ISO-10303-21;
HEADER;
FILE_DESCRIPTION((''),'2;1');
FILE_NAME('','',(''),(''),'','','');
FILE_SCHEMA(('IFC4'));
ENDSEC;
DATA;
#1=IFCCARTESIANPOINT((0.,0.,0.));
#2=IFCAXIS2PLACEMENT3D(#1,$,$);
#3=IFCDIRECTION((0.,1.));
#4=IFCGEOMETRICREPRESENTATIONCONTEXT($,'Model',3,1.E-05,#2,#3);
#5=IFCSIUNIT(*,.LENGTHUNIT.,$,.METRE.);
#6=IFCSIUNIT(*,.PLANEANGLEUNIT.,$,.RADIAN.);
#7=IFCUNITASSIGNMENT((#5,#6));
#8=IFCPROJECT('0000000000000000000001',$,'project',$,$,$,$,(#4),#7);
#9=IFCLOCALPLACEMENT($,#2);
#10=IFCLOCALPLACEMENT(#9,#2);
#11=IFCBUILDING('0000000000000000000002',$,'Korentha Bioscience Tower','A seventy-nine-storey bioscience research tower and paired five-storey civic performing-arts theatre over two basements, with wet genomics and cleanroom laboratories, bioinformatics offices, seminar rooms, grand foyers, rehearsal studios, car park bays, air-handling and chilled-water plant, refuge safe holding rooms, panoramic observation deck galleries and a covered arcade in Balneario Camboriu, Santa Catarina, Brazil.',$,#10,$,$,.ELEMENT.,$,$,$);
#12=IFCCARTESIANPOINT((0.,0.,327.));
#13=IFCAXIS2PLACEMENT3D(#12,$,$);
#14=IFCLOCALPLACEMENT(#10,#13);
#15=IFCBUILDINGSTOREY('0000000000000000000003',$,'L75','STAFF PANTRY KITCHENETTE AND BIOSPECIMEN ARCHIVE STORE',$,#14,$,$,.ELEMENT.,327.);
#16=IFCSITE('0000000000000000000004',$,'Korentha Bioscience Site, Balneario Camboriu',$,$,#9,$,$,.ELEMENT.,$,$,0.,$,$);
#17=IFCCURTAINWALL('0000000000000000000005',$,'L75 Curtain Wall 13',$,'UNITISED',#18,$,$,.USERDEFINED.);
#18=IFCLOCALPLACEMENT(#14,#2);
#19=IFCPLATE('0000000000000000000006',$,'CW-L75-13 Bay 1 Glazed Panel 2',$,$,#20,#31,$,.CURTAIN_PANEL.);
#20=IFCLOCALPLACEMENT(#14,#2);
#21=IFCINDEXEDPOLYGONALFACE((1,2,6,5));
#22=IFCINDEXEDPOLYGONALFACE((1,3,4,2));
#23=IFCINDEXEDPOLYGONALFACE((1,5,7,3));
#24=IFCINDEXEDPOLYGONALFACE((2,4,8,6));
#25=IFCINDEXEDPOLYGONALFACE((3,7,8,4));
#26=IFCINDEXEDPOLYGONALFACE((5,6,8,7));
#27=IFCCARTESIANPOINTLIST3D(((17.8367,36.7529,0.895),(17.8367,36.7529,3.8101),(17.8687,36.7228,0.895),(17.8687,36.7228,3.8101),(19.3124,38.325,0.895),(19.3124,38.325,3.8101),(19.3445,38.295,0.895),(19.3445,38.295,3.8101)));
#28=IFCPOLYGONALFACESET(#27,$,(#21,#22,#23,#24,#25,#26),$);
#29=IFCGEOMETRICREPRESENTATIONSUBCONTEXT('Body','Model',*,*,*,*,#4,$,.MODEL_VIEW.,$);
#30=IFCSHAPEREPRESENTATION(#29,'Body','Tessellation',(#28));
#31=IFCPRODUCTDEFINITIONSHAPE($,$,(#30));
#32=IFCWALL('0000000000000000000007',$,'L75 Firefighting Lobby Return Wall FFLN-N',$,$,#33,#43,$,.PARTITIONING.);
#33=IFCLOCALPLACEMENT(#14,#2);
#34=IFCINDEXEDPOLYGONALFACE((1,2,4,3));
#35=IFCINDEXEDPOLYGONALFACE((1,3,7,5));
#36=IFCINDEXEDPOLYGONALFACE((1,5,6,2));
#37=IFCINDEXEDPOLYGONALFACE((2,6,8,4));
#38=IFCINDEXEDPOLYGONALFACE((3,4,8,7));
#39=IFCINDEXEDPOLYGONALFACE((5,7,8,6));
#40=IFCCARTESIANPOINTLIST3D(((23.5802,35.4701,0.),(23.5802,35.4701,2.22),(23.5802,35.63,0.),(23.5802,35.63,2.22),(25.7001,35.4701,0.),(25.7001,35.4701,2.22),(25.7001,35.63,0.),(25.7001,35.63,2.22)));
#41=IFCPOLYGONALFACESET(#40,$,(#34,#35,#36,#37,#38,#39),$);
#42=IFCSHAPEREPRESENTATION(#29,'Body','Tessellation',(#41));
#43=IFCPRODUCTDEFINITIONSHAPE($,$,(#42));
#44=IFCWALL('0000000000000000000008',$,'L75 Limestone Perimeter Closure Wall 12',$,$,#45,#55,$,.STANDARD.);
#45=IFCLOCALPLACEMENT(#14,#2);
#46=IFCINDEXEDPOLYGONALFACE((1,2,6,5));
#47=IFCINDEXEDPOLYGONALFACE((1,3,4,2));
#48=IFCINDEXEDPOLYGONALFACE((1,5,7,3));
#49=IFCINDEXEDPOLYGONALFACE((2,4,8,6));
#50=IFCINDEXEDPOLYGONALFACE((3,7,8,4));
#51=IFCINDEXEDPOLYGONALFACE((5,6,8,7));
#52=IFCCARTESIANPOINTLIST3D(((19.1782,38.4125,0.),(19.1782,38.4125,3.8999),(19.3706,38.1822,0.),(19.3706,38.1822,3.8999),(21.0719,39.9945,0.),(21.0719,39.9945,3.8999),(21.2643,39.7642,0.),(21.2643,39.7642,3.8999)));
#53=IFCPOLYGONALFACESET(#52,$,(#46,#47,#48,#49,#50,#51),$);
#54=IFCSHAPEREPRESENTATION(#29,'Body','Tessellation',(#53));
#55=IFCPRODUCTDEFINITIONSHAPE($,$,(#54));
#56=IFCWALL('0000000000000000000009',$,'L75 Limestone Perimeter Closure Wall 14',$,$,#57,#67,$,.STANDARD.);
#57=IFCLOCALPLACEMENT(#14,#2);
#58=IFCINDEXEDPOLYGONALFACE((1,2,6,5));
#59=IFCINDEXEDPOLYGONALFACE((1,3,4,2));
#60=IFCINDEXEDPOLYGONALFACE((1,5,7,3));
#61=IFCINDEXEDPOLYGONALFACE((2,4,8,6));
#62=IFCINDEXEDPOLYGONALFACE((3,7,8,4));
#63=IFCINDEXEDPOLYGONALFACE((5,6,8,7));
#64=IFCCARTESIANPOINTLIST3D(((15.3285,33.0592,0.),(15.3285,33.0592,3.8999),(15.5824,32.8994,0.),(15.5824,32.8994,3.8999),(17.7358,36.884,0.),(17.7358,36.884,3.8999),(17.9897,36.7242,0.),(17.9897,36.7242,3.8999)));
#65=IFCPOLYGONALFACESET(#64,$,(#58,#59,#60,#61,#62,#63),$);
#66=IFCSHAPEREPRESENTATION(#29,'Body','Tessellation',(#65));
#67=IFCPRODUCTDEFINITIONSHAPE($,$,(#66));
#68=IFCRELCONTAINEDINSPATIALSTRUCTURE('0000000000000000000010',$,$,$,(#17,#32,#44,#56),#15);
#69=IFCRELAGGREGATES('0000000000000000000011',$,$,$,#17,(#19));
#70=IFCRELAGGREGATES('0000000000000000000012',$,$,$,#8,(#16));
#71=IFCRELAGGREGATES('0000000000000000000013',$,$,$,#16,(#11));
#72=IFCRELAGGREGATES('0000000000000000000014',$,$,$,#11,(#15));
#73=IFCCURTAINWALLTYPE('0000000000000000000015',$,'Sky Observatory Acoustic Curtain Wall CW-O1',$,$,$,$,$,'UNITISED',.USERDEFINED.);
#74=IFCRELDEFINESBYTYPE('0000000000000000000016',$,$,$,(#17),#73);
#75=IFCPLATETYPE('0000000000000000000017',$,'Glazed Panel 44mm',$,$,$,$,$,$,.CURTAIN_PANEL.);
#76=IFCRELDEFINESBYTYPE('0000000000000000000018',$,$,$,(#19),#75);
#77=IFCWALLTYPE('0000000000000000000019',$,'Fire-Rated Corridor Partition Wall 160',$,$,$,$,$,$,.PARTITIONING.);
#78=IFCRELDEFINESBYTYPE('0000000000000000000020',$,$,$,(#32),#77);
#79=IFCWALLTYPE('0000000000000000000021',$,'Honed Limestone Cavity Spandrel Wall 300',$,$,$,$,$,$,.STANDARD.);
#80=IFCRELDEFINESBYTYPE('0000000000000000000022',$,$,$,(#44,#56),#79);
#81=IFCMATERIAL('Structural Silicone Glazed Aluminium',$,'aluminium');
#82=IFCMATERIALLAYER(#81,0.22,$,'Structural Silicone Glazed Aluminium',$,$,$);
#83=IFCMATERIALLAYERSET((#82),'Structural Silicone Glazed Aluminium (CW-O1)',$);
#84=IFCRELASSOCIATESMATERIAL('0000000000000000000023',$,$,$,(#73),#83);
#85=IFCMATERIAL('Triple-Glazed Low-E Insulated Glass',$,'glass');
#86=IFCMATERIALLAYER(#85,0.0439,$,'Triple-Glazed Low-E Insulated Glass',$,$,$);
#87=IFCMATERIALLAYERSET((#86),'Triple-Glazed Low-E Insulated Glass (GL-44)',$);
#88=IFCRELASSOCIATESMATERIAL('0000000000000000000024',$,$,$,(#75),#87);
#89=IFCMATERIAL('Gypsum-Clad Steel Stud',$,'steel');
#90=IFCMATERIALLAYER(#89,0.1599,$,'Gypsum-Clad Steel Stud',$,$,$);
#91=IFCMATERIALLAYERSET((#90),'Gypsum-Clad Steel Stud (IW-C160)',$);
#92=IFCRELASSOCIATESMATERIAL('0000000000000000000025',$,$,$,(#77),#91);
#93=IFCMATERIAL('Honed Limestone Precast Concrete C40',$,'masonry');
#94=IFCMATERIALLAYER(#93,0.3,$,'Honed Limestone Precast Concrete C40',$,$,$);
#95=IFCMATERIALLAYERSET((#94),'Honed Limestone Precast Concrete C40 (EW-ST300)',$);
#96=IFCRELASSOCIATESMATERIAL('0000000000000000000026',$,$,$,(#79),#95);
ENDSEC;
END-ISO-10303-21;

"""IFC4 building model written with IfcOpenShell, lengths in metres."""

from ifc_helpers import new_model, si_unit, direction, frame, frame_2d, origin, origin_2d, place, context, subcontext, project, spatial, rectangle, extrude, material, layer, layer_set, type_object, element, aggregate, save


model = new_model("IFC4")

# Units and contexts
model_context = context("Model", 3, precision=1e-05, world=origin(), true_north=direction((0.0, 1.0)))
body_context = subcontext(model_context, "Body", "Model", "MODEL_VIEW")
ifc_project = project(units=[si_unit("LENGTHUNIT", "METRE"), si_unit("PLANEANGLEUNIT", "RADIAN")], contexts=[model_context])

# Site, building, storey
site_placement = place(None, origin())
site = spatial("IfcSite", under=ifc_project, at=site_placement, Name="Korentha Bioscience Site, Balneario Camboriu", CompositionType="ELEMENT", RefElevation=0.0)
building_placement = place(site_placement, origin())
building = spatial("IfcBuilding", under=site, at=building_placement, Name="Korentha Bioscience Tower", Description="A seventy-nine-storey bioscience research tower and paired five-storey civic performing-arts theatre over two basements, with wet genomics and cleanroom laboratories, bioinformatics offices, seminar rooms, grand foyers, rehearsal studios, car park bays, air-handling and chilled-water plant, refuge safe holding rooms, panoramic observation deck galleries and a covered arcade in Balneario Camboriu, Santa Catarina, Brazil.", CompositionType="ELEMENT")
storey_placement = place(building_placement, frame((0.0, 0.0, 327.0)))
storey = spatial("IfcBuildingStorey", under=building, at=storey_placement, Name="L75", Description="STAFF PANTRY KITCHENETTE AND BIOSPECIMEN ARCHIVE STORE", CompositionType="ELEMENT", Elevation=327.0)

# Curtain wall, plate
ifc_material_1 = material(Name="Structural Silicone Glazed Aluminium", Category="aluminium")
ifc_layer_1 = layer(ifc_material_1, 0.22, Name="Structural Silicone Glazed Aluminium")
ifc_layer_set_1 = layer_set([ifc_layer_1], Name="Structural Silicone Glazed Aluminium (CW-O1)")
curtain_wall_type = type_object("IfcCurtainWallType", Name="Sky Observatory Acoustic Curtain Wall CW-O1", ElementType="UNITISED", PredefinedType="USERDEFINED", material=ifc_layer_set_1)
curtain_wall_placement = place(storey_placement, origin())
curtain_wall = element("IfcCurtainWall", 1, at=curtain_wall_placement, inside=storey, type_object=curtain_wall_type, Name="L75 Curtain Wall 13", ObjectType="UNITISED", PredefinedType="USERDEFINED")
ifc_material_2 = material(Name="Triple-Glazed Low-E Insulated Glass", Category="glass")
ifc_layer_2 = layer(ifc_material_2, 0.0439, Name="Triple-Glazed Low-E Insulated Glass")
ifc_layer_set_2 = layer_set([ifc_layer_2], Name="Triple-Glazed Low-E Insulated Glass (GL-44)")
plate_type = type_object("IfcPlateType", Name="Glazed Panel 44mm", PredefinedType="CURTAIN_PANEL", material=ifc_layer_set_2)
plate_1_placement = place(storey_placement, frame((18.5906, 37.5239, 0.895), z_axis=(0.0, 0.0, 1.0), x_axis=(-0.684388, -0.729118, 0.0)))
plate_1 = element("IfcPlate", 2, at=plate_1_placement, type_object=plate_type, Name="CW-L75-13 Bay 1 Glazed Panel 2", PredefinedType="CURTAIN_PANEL", context=body_context, shape_type="SweptSolid", body=[
    extrude(rectangle(XDim=2.1562, YDim=0.0439, at=origin_2d()), origin(), (0.0, 0.0, 1.0), 2.915),
])
aggregate(curtain_wall, [plate_1])

# Wall
ifc_material_3 = material(Name="Gypsum-Clad Steel Stud", Category="steel")
ifc_layer_3 = layer(ifc_material_3, 0.1599, Name="Gypsum-Clad Steel Stud")
ifc_layer_set_3 = layer_set([ifc_layer_3], Name="Gypsum-Clad Steel Stud (IW-C160)")
wall_type_1 = type_object("IfcWallType", Name="Fire-Rated Corridor Partition Wall 160", PredefinedType="PARTITIONING", material=ifc_layer_set_3)
wall_1_placement = place(storey_placement, frame((23.5801, 35.55, 0.0), z_axis=(0.0, 0.0, 1.0), x_axis=(1.0, 0.0, 0.0)))
element("IfcWall", 3, at=wall_1_placement, inside=storey, type_object=wall_type_1, Name="L75 Firefighting Lobby Return Wall FFLN-N", PredefinedType="PARTITIONING", context=body_context, shape_type="SweptSolid", body=[
    extrude(rectangle(XDim=2.1199, YDim=0.1599, at=frame_2d((1.0601, 0.0))), origin(), (0.0, 0.0, 1.0), 2.22),
])

# Walls
ifc_material_4 = material(Name="Honed Limestone Precast Concrete C40", Category="masonry")
ifc_layer_4 = layer(ifc_material_4, 0.3, Name="Honed Limestone Precast Concrete C40")
ifc_layer_set_4 = layer_set([ifc_layer_4], Name="Honed Limestone Precast Concrete C40 (EW-ST300)")
wall_type_2 = type_object("IfcWallType", Name="Honed Limestone Cavity Spandrel Wall 300", PredefinedType="STANDARD", material=ifc_layer_set_4)
wall_2_placement = place(storey_placement, frame((21.1682, 39.8794, 0.0), z_axis=(0.0, 0.0, 1.0), x_axis=(-0.76745, -0.641108, 0.0)))
element("IfcWall", 4, at=wall_2_placement, inside=storey, type_object=wall_type_2, Name="L75 Limestone Perimeter Closure Wall 12", PredefinedType="STANDARD", context=body_context, shape_type="SweptSolid", body=[
    extrude(rectangle(XDim=2.4675, YDim=0.3, at=frame_2d((1.2339, 0.0))), origin(), (0.0, 0.0, 1.0), 3.8999),
])
wall_3_placement = place(storey_placement, frame((17.8628, 36.8042, 0.0), z_axis=(0.0, 0.0, 1.0), x_axis=(-0.532667, -0.846325, 0.0)))
element("IfcWall", 5, at=wall_3_placement, inside=storey, type_object=wall_type_2, Name="L75 Limestone Perimeter Closure Wall 14", PredefinedType="STANDARD", context=body_context, shape_type="SweptSolid", body=[
    extrude(rectangle(XDim=4.5193, YDim=0.3, at=frame_2d((2.2598, 0.0))), origin(), (0.0, 0.0, 1.0), 3.8999),
])

save(model, "model.ifc")
